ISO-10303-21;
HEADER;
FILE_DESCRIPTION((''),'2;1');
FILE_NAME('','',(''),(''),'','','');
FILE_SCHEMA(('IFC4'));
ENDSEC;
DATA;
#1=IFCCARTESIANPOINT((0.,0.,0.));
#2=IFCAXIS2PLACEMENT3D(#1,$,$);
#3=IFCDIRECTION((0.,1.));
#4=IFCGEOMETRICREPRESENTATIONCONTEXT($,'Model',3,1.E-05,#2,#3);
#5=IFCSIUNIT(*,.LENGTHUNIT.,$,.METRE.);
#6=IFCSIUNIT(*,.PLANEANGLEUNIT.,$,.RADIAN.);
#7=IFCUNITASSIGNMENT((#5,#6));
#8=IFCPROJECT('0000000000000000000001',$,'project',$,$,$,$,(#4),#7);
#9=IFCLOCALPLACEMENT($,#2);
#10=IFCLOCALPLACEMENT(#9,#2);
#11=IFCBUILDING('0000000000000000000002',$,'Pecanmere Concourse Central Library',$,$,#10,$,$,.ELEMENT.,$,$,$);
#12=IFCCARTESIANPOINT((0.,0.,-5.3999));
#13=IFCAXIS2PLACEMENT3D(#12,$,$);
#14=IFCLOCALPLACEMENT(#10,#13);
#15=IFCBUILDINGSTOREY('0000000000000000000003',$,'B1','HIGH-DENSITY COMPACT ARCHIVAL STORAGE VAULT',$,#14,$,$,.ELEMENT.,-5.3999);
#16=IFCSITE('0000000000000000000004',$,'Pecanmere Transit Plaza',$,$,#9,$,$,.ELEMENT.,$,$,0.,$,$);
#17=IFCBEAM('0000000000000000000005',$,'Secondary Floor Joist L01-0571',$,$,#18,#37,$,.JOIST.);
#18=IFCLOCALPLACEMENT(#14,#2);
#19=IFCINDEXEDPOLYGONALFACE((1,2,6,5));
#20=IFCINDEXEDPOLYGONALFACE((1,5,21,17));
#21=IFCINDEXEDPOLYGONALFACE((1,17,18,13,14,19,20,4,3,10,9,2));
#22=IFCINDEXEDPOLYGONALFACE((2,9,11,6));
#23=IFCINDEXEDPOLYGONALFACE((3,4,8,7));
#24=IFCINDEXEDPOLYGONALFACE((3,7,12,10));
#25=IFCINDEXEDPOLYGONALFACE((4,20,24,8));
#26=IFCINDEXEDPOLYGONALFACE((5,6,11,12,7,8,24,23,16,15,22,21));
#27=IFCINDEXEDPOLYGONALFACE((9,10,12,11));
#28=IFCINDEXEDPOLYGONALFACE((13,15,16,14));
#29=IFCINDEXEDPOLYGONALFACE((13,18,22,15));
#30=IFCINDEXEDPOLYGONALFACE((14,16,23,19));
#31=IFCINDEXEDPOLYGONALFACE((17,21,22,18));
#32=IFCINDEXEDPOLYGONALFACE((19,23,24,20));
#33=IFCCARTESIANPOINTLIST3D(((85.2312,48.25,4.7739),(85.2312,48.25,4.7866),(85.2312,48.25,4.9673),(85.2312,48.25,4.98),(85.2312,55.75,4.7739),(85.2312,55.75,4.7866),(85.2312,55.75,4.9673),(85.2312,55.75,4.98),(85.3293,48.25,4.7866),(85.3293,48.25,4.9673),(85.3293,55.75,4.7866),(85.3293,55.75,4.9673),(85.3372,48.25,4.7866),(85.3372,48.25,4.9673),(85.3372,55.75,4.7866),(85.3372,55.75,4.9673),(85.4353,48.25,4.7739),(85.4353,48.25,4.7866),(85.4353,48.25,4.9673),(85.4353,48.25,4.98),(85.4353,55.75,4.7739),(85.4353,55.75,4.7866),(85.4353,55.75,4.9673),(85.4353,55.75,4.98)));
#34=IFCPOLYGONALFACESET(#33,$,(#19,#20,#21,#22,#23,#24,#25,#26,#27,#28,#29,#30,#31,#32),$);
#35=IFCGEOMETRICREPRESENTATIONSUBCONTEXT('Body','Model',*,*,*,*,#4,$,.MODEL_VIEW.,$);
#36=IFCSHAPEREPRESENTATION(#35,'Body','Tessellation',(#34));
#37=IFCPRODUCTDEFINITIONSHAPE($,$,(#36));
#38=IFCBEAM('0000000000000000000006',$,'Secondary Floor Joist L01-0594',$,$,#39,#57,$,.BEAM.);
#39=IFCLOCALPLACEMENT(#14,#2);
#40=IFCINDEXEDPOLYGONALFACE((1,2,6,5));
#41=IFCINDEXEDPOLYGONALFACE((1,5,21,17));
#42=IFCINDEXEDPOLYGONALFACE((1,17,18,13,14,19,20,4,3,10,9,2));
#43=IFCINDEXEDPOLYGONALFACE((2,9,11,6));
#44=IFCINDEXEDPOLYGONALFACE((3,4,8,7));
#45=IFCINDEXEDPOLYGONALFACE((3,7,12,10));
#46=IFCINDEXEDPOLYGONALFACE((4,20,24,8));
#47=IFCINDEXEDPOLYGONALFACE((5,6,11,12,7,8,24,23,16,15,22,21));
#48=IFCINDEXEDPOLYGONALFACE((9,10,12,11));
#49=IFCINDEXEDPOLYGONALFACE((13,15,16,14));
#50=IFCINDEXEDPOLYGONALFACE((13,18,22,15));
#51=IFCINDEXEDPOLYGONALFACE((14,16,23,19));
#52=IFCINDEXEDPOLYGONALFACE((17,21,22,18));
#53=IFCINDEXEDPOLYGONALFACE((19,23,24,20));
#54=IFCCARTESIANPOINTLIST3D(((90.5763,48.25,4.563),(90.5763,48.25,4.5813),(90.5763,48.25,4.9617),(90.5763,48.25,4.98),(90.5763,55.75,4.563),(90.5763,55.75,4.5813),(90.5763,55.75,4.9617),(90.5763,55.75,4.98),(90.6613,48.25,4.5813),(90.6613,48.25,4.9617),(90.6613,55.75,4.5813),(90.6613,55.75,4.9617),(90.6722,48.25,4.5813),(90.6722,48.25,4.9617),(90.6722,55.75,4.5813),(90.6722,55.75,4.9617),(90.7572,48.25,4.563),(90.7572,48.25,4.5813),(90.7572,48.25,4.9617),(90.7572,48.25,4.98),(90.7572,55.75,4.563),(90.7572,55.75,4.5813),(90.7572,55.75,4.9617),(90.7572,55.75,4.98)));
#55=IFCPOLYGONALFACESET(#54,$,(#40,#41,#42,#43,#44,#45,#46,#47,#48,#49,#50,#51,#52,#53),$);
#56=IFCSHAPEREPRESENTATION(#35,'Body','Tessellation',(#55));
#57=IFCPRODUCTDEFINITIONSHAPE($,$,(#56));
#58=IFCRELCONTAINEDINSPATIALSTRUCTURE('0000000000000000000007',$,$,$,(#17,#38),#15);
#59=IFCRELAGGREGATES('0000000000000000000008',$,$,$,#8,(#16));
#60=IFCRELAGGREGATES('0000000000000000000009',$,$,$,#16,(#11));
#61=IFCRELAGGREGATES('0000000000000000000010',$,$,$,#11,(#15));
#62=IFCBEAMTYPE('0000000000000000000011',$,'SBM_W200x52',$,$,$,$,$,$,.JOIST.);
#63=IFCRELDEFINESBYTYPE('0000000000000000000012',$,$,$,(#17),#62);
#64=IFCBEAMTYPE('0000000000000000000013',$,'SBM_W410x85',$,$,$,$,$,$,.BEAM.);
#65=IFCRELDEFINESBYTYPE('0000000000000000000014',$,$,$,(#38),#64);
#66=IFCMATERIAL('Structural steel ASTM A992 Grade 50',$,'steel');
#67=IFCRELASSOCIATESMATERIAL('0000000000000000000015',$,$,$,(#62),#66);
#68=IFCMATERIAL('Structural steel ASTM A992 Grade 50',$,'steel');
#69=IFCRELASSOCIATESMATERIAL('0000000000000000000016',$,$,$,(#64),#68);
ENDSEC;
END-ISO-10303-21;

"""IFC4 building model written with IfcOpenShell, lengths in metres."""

from ifc_helpers import new_model, si_unit, direction, frame, origin, origin_2d, place, context, subcontext, project, spatial, i_section, extrude, material, material_profile, profile_set, type_object, element, save


model = new_model("IFC4")

# Units and contexts
model_context = context("Model", 3, precision=1e-05, world=origin(), true_north=direction((0.0, 1.0)))
body_context = subcontext(model_context, "Body", "Model", "MODEL_VIEW")
ifc_project = project(units=[si_unit("LENGTHUNIT", "METRE"), si_unit("PLANEANGLEUNIT", "RADIAN")], contexts=[model_context])

# Site, building, storey
site_placement = place(None, origin())
site = spatial("IfcSite", under=ifc_project, at=site_placement, Name="Pecanmere Transit Plaza", CompositionType="ELEMENT", RefElevation=0.0)
building_placement = place(site_placement, origin())
building = spatial("IfcBuilding", under=site, at=building_placement, Name="Pecanmere Concourse Central Library", CompositionType="ELEMENT")
storey_placement = place(building_placement, frame((0.0, 0.0, -5.3999)))
storey = spatial("IfcBuildingStorey", under=building, at=storey_placement, Name="B1", Description="HIGH-DENSITY COMPACT ARCHIVAL STORAGE VAULT", CompositionType="ELEMENT", Elevation=-5.3999)

# Beams
ifc_material_1 = material(Name="Structural steel ASTM A992 Grade 50", Category="steel")
ifc_material_profile_1 = material_profile(ifc_material_1, i_section(OverallWidth=0.2041, OverallDepth=0.2061, WebThickness=0.0078, FlangeThickness=0.0127, at=origin_2d()), Name="W200x52")
ifc_profile_set_1 = profile_set([ifc_material_profile_1], Name="Structural steel ASTM A992 Grade 50")
beam_type_1 = type_object("IfcBeamType", Name="SBM_W200x52", PredefinedType="JOIST", material=ifc_profile_set_1)
beam_1_placement = place(storey_placement, frame((85.3333, 48.25, 4.877), z_axis=(0.0, 1.0, 0.0), x_axis=(-1.0, 0.0, 0.0)))
element("IfcBeam", 1, at=beam_1_placement, inside=storey, type_object=beam_type_1, Name="Secondary Floor Joist L01-0571", PredefinedType="JOIST", context=body_context, shape_type="SweptSolid", body=[
    extrude(i_section(OverallWidth=0.2041, OverallDepth=0.2061, WebThickness=0.0078, FlangeThickness=0.0127, at=origin_2d()), origin(), (0.0, 0.0, 1.0), 7.5),
])
ifc_material_2 = material(Name="Structural steel ASTM A992 Grade 50", Category="steel")
ifc_material_profile_2 = material_profile(ifc_material_2, i_section(OverallWidth=0.1809, OverallDepth=0.417, WebThickness=0.011, FlangeThickness=0.0183, at=origin_2d()), Name="W410x85")
ifc_profile_set_2 = profile_set([ifc_material_profile_2], Name="Structural steel ASTM A992 Grade 50")
beam_type_2 = type_object("IfcBeamType", Name="SBM_W410x85", PredefinedType="BEAM", material=ifc_profile_set_2)
beam_2_placement = place(storey_placement, frame((90.6667, 48.25, 4.7715), z_axis=(0.0, 1.0, 0.0), x_axis=(-1.0, 0.0, 0.0)))
element("IfcBeam", 2, at=beam_2_placement, inside=storey, type_object=beam_type_2, Name="Secondary Floor Joist L01-0594", PredefinedType="BEAM", context=body_context, shape_type="SweptSolid", body=[
    extrude(i_section(OverallWidth=0.1809, OverallDepth=0.417, WebThickness=0.011, FlangeThickness=0.0183, at=origin_2d()), origin(), (0.0, 0.0, 1.0), 7.5),
])

save(model, "model.ifc")
